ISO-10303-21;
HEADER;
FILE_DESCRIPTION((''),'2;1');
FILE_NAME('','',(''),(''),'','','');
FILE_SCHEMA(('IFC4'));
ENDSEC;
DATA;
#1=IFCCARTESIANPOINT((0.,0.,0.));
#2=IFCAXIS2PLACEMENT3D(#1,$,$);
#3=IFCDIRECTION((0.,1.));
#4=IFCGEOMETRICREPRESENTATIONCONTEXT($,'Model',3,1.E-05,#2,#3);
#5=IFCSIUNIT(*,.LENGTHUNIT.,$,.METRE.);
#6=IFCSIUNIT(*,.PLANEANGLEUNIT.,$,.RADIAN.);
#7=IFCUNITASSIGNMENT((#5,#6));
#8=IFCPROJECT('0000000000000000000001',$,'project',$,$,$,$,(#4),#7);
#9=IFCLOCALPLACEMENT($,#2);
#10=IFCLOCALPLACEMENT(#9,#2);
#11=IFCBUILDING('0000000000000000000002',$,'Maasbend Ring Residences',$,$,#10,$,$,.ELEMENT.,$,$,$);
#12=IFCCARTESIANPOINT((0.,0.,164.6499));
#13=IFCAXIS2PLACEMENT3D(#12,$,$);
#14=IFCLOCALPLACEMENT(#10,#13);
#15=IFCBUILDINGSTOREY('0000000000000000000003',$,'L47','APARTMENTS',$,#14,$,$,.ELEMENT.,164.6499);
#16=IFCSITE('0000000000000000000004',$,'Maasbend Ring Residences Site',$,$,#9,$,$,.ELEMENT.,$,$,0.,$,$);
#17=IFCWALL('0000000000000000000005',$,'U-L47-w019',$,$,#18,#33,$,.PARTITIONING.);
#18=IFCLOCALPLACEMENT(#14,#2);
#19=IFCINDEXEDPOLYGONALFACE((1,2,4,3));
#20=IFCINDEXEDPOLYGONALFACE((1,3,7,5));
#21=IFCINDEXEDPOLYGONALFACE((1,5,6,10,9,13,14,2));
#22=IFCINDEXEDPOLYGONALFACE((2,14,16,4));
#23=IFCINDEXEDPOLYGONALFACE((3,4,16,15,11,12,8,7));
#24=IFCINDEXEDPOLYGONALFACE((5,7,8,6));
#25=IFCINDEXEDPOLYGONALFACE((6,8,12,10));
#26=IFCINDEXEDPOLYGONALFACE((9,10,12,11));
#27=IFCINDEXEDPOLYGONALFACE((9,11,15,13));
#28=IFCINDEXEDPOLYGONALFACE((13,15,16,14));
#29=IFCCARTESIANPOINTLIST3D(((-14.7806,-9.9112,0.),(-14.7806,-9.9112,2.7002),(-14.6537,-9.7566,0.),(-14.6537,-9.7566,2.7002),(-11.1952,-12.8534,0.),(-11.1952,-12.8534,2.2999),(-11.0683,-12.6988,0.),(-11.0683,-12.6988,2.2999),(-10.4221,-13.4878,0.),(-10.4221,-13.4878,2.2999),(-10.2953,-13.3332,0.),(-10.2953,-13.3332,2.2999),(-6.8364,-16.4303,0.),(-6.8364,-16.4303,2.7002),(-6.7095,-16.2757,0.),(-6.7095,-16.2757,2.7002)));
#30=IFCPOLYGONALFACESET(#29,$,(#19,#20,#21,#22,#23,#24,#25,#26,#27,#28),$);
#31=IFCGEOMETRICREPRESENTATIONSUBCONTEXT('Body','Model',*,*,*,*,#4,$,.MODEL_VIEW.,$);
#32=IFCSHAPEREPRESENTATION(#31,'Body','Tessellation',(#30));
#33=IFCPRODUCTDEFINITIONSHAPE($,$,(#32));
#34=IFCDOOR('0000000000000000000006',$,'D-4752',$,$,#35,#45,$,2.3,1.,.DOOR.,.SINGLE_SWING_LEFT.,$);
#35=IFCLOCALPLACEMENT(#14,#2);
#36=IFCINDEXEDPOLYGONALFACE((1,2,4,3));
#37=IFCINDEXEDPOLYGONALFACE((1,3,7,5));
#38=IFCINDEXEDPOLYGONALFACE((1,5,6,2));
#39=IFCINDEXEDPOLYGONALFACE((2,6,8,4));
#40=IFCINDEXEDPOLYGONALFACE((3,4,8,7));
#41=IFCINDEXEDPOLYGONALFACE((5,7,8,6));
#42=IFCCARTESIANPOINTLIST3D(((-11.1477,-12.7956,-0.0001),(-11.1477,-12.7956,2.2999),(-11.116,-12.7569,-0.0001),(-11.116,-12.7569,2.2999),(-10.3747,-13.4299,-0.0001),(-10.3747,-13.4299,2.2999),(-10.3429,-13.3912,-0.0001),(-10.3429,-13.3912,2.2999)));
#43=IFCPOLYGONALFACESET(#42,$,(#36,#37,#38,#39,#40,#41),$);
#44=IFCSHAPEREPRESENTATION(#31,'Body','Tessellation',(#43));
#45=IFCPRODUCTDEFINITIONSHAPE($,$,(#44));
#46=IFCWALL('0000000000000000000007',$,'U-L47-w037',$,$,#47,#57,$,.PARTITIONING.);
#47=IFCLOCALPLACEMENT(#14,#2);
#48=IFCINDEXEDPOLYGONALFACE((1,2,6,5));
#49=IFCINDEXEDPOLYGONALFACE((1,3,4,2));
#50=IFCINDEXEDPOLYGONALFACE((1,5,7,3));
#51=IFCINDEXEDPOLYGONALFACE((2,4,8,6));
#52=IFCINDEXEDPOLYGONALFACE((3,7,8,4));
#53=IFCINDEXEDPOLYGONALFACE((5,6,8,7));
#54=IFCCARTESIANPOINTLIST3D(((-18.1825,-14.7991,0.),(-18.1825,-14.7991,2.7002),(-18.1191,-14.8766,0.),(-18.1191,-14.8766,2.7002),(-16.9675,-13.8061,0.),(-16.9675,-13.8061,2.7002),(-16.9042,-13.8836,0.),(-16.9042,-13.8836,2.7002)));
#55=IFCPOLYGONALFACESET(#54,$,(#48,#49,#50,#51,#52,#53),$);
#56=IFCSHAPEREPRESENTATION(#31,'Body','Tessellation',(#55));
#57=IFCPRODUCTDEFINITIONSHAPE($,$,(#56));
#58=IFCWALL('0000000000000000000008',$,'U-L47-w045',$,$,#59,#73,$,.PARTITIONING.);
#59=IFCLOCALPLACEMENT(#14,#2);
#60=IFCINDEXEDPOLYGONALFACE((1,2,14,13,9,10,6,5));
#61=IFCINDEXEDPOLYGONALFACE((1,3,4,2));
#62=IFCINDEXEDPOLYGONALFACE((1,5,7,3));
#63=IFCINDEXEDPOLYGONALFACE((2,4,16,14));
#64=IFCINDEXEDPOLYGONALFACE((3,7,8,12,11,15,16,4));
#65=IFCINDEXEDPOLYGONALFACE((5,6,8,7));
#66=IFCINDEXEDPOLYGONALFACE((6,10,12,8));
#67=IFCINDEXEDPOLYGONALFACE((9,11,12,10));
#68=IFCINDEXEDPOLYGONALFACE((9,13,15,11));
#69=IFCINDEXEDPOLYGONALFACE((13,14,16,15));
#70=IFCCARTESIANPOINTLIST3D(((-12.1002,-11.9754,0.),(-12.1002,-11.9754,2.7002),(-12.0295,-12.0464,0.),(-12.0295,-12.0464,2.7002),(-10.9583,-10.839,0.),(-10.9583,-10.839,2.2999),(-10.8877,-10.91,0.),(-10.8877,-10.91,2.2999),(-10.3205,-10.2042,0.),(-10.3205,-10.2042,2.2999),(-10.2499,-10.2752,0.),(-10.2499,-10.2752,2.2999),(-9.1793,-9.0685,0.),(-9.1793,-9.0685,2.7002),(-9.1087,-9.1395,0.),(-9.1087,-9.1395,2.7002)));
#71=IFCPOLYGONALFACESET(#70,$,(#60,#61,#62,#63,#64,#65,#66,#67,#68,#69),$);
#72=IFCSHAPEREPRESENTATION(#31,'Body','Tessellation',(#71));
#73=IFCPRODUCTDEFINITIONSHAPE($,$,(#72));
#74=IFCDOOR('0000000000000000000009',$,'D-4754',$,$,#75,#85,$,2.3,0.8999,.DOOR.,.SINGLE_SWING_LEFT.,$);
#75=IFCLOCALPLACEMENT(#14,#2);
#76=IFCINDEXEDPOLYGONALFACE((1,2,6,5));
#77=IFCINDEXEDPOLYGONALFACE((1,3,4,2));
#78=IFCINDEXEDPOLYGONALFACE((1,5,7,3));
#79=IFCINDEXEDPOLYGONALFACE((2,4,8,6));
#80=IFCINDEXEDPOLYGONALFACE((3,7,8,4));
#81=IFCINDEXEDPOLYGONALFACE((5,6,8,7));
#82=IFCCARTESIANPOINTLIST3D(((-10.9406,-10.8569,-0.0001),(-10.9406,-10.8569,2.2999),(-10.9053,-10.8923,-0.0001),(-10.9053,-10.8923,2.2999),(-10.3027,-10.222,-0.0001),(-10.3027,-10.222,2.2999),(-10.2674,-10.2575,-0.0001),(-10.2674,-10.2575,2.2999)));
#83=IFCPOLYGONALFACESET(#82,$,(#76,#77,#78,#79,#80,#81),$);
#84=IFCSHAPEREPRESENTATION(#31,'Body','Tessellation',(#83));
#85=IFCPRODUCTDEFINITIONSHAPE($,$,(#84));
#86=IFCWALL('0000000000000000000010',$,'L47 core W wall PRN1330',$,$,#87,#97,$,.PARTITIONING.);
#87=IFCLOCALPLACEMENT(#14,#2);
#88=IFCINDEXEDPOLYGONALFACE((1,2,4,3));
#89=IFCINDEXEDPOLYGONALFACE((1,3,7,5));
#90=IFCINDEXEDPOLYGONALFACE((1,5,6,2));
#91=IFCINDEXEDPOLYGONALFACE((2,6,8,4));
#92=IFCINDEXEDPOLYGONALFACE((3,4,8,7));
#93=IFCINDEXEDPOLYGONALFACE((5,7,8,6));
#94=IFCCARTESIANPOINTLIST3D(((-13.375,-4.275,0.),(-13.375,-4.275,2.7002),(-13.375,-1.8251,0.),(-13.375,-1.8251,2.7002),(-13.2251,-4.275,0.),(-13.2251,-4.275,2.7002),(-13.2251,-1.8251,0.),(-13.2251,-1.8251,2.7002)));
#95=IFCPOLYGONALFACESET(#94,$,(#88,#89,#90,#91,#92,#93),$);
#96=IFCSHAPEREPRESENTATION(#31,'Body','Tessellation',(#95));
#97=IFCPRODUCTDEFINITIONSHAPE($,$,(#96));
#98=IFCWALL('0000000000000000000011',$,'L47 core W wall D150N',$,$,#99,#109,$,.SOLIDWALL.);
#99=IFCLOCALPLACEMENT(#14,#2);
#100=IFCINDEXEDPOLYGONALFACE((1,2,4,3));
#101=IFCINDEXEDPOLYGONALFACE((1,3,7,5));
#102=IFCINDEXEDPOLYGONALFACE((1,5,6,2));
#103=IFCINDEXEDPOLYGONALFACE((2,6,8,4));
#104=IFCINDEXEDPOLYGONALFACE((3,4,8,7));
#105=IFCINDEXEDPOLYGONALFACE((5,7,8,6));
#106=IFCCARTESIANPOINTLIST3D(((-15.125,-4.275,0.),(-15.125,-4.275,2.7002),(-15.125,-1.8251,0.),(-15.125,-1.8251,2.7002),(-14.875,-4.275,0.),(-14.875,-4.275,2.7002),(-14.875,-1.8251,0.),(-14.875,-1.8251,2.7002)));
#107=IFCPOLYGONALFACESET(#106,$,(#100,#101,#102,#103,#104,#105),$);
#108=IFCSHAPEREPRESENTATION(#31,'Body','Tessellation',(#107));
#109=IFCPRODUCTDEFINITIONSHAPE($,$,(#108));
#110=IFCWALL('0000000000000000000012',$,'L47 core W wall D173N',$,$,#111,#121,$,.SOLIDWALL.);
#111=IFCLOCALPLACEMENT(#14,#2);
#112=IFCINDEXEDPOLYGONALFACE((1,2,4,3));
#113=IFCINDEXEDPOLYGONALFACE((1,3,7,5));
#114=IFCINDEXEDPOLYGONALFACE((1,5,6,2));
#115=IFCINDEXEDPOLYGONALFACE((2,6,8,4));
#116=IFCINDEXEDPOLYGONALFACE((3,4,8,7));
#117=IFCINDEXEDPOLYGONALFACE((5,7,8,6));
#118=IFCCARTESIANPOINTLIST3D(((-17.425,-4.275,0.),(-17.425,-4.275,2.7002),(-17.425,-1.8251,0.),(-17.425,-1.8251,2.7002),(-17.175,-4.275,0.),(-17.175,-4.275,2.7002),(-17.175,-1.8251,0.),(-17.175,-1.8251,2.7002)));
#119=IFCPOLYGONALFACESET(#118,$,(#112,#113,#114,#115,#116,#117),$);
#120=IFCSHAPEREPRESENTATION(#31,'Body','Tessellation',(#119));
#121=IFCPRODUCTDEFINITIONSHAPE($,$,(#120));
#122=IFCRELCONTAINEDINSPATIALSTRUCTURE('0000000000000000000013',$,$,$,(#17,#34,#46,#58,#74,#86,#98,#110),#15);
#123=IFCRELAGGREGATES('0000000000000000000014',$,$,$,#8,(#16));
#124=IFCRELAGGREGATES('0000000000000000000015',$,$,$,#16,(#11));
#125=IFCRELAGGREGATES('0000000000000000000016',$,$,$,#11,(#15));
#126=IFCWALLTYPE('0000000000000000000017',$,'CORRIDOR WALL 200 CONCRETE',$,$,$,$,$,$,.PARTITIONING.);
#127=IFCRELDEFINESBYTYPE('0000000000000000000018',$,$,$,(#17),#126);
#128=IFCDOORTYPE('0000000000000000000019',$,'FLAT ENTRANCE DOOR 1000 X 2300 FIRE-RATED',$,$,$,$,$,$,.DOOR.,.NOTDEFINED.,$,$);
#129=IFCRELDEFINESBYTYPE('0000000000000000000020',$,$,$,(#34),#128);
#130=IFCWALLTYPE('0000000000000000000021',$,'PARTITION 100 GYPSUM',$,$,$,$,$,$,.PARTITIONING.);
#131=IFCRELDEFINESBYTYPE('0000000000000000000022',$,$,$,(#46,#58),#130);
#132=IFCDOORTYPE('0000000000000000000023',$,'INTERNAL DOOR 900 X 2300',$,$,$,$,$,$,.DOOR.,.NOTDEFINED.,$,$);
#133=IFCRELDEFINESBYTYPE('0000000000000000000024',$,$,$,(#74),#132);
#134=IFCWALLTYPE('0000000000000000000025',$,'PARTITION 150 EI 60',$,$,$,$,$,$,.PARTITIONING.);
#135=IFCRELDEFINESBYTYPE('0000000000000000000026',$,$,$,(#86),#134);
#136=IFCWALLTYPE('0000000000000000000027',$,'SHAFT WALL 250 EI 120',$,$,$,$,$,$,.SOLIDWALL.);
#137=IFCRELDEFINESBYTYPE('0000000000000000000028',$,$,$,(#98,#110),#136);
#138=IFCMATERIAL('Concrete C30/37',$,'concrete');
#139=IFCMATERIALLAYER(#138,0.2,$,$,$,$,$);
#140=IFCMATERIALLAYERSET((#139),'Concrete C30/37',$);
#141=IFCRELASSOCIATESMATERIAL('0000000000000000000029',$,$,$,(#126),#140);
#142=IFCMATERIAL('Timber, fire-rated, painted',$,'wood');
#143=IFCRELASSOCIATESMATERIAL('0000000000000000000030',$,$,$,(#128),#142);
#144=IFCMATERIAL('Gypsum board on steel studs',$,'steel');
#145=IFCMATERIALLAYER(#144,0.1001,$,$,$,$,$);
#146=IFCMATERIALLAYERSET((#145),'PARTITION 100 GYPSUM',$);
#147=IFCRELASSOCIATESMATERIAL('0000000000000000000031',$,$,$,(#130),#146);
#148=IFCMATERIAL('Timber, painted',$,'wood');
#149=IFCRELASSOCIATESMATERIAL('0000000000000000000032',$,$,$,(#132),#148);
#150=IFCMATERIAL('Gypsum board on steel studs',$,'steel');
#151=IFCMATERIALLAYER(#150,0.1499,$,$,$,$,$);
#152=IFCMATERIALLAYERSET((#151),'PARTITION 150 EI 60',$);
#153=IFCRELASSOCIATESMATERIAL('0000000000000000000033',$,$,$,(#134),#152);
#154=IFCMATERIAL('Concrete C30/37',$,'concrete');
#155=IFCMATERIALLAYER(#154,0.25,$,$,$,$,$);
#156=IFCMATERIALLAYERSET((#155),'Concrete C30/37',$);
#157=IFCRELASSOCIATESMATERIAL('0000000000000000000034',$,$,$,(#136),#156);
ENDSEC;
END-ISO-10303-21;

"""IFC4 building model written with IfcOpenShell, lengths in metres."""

from ifc_helpers import new_model, si_unit, direction, frame, frame_2d, origin, place, context, subcontext, project, spatial, rectangle, extrude, material, layer, layer_set, type_object, element, fill, save


model = new_model("IFC4")

# Units and contexts
model_context = context("Model", 3, precision=1e-05, world=origin(), true_north=direction((0.0, 1.0)))
body_context = subcontext(model_context, "Body", "Model", "MODEL_VIEW")
ifc_project = project(units=[si_unit("LENGTHUNIT", "METRE"), si_unit("PLANEANGLEUNIT", "RADIAN")], contexts=[model_context])

# Site, building, storey
site_placement = place(None, origin())
site = spatial("IfcSite", under=ifc_project, at=site_placement, Name="Maasbend Ring Residences Site", CompositionType="ELEMENT", RefElevation=0.0)
building_placement = place(site_placement, origin())
building = spatial("IfcBuilding", under=site, at=building_placement, Name="Maasbend Ring Residences", CompositionType="ELEMENT")
storey_placement = place(building_placement, frame((0.0, 0.0, 164.6499)))
storey = spatial("IfcBuildingStorey", under=building, at=storey_placement, Name="L47", Description="APARTMENTS", CompositionType="ELEMENT", Elevation=164.6499)

# Wall, opening, door
ifc_material_1 = material(Name="Concrete C30/37", Category="concrete")
ifc_layer_1 = layer(ifc_material_1, 0.2)
ifc_layer_set_1 = layer_set([ifc_layer_1], Name="Concrete C30/37")
wall_type_1 = type_object("IfcWallType", Name="CORRIDOR WALL 200 CONCRETE", PredefinedType="PARTITIONING", material=ifc_layer_set_1)
ifc_material_2 = material(Name="Timber, fire-rated, painted", Category="wood")
door_type_1 = type_object("IfcDoorType", Name="FLAT ENTRANCE DOOR 1000 X 2300 FIRE-RATED", OperationType="NOTDEFINED", PredefinedType="DOOR", material=ifc_material_2)
wall_1_placement = place(storey_placement, frame((-14.717, -9.834, 0.0), z_axis=(0.0, 0.0, 1.0), x_axis=(0.773035, -0.634364, 0.0)))
wall_1 = element("IfcWall", 1, at=wall_1_placement, inside=storey, type_object=wall_type_1, Name="U-L47-w019", PredefinedType="PARTITIONING", context=body_context, shape_type="SweptSolid", body=[
    extrude(rectangle(XDim=10.2766, YDim=0.2, at=frame_2d((5.1382, 0.0))), origin(), (0.0, 0.0, 1.0), 2.7002),
])
opening_1_placement = place(wall_1_placement, frame((4.6379, 0.0, 0.0)))
opening_1 = element("IfcOpeningElement", 2, at=opening_1_placement, cuts=wall_1, PredefinedType="OPENING", context=body_context, shape_type="SweptSolid", body=[
    extrude(rectangle(XDim=1.0, YDim=2.3, at=frame_2d((0.5, 1.1499))), frame((0.0, 0.1099, 0.0), z_axis=(0.0, -1.0, 0.0), x_axis=(1.0, 0.0, 0.0)), (0.0, 0.0, 1.0), 0.22),
])
door_1_placement = place(opening_1_placement, origin())
door_1 = element("IfcDoor", 3, at=door_1_placement, inside=storey, type_object=door_type_1, Name="D-4752", OperationType="SINGLE_SWING_LEFT", OverallHeight=2.3, OverallWidth=1.0, PredefinedType="DOOR", context=body_context, shape_type="SweptSolid", body=[
    extrude(rectangle(XDim=1.0, YDim=2.3, at=frame_2d((0.5, 1.1499))), frame((0.0, 0.0249, 0.0), z_axis=(0.0, -1.0, 0.0), x_axis=(1.0, 0.0, 0.0)), (0.0, 0.0, 1.0), 0.05),
])
fill(opening_1, door_1)

# Wall
ifc_material_3 = material(Name="Gypsum board on steel studs", Category="steel")
ifc_layer_2 = layer(ifc_material_3, 0.1001)
ifc_layer_set_2 = layer_set([ifc_layer_2], Name="PARTITION 100 GYPSUM")
wall_type_2 = type_object("IfcWallType", Name="PARTITION 100 GYPSUM", PredefinedType="PARTITIONING", material=ifc_layer_set_2)
wall_2_placement = place(storey_placement, frame((-18.1509, -14.8379, 0.0), z_axis=(0.0, 0.0, 1.0), x_axis=(0.774283, 0.632839, 0.0)))
element("IfcWall", 4, at=wall_2_placement, inside=storey, type_object=wall_type_2, Name="U-L47-w037", PredefinedType="PARTITIONING", context=body_context, shape_type="SweptSolid", body=[
    extrude(rectangle(XDim=1.5691, YDim=0.1001, at=frame_2d((0.7847, 0.0))), origin(), (0.0, 0.0, 1.0), 2.7002),
])

# Wall, opening, door
wall_3_placement = place(storey_placement, frame((-12.0649, -12.011, 0.0), z_axis=(0.0, 0.0, 1.0), x_axis=(0.708793, 0.705416, 0.0)))
wall_3 = element("IfcWall", 5, at=wall_3_placement, inside=storey, type_object=wall_type_2, Name="U-L47-w045", PredefinedType="PARTITIONING", context=body_context, shape_type="SweptSolid", body=[
    extrude(rectangle(XDim=4.1208, YDim=0.1001, at=frame_2d((2.0605, 0.0))), origin(), (0.0, 0.0, 1.0), 2.7002),
])
opening_2_placement = place(wall_3_placement, frame((1.6111, 0.0, 0.0)))
opening_2 = element("IfcOpeningElement", 6, at=opening_2_placement, cuts=wall_3, PredefinedType="OPENING", context=body_context, shape_type="SweptSolid", body=[
    extrude(rectangle(XDim=0.8999, YDim=2.3, at=frame_2d((0.45, 1.1499))), frame((0.0, 0.0601, 0.0), z_axis=(0.0, -1.0, 0.0), x_axis=(1.0, 0.0, 0.0)), (0.0, 0.0, 1.0), 0.1201),
])
ifc_material_4 = material(Name="Timber, painted", Category="wood")
door_type_2 = type_object("IfcDoorType", Name="INTERNAL DOOR 900 X 2300", OperationType="NOTDEFINED", PredefinedType="DOOR", material=ifc_material_4)
door_2_placement = place(opening_2_placement, origin())
door_2 = element("IfcDoor", 7, at=door_2_placement, inside=storey, type_object=door_type_2, Name="D-4754", OperationType="SINGLE_SWING_LEFT", OverallHeight=2.3, OverallWidth=0.8999, PredefinedType="DOOR", context=body_context, shape_type="SweptSolid", body=[
    extrude(rectangle(XDim=0.8999, YDim=2.3, at=frame_2d((0.45, 1.1499))), frame((0.0, 0.0249, 0.0), z_axis=(0.0, -1.0, 0.0), x_axis=(1.0, 0.0, 0.0)), (0.0, 0.0, 1.0), 0.05),
])
fill(opening_2, door_2)

# Walls
ifc_material_5 = material(Name="Gypsum board on steel studs", Category="steel")
ifc_layer_3 = layer(ifc_material_5, 0.1499)
ifc_layer_set_3 = layer_set([ifc_layer_3], Name="PARTITION 150 EI 60")
wall_type_3 = type_object("IfcWallType", Name="PARTITION 150 EI 60", PredefinedType="PARTITIONING", material=ifc_layer_set_3)
wall_4_placement = place(storey_placement, frame((-13.3, -1.825, 0.0), z_axis=(0.0, 0.0, 1.0), x_axis=(0.0, -1.0, 0.0)))
element("IfcWall", 8, at=wall_4_placement, inside=storey, type_object=wall_type_3, Name="L47 core W wall PRN1330", PredefinedType="PARTITIONING", context=body_context, shape_type="SweptSolid", body=[
    extrude(rectangle(XDim=2.45, YDim=0.1499, at=frame_2d((1.2251, 0.0))), origin(), (0.0, 0.0, 1.0), 2.7002),
])
ifc_material_6 = material(Name="Concrete C30/37", Category="concrete")
ifc_layer_4 = layer(ifc_material_6, 0.25)
ifc_layer_set_4 = layer_set([ifc_layer_4], Name="Concrete C30/37")
wall_type_4 = type_object("IfcWallType", Name="SHAFT WALL 250 EI 120", PredefinedType="SOLIDWALL", material=ifc_layer_set_4)
for number, where, z_axis, x_axis, name in (
    (9, (-15.0, -1.825, 0.0), (0.0, 0.0, 1.0), (0.0, -1.0, 0.0), "L47 core W wall D150N"),
    (10, (-17.3, -1.825, 0.0), (0.0, 0.0, 1.0), (0.0, -1.0, 0.0), "L47 core W wall D173N"),
):
    element("IfcWall", number, at=place(storey_placement, frame(where, z_axis=z_axis, x_axis=x_axis)), inside=storey, type_object=wall_type_4, Name=name, PredefinedType="SOLIDWALL", context=body_context, shape_type="SweptSolid", body=[
        extrude(rectangle(XDim=2.45, YDim=0.25, at=frame_2d((1.2251, 0.0))), origin(), (0.0, 0.0, 1.0), 2.7002),
    ])

save(model, "model.ifc")
